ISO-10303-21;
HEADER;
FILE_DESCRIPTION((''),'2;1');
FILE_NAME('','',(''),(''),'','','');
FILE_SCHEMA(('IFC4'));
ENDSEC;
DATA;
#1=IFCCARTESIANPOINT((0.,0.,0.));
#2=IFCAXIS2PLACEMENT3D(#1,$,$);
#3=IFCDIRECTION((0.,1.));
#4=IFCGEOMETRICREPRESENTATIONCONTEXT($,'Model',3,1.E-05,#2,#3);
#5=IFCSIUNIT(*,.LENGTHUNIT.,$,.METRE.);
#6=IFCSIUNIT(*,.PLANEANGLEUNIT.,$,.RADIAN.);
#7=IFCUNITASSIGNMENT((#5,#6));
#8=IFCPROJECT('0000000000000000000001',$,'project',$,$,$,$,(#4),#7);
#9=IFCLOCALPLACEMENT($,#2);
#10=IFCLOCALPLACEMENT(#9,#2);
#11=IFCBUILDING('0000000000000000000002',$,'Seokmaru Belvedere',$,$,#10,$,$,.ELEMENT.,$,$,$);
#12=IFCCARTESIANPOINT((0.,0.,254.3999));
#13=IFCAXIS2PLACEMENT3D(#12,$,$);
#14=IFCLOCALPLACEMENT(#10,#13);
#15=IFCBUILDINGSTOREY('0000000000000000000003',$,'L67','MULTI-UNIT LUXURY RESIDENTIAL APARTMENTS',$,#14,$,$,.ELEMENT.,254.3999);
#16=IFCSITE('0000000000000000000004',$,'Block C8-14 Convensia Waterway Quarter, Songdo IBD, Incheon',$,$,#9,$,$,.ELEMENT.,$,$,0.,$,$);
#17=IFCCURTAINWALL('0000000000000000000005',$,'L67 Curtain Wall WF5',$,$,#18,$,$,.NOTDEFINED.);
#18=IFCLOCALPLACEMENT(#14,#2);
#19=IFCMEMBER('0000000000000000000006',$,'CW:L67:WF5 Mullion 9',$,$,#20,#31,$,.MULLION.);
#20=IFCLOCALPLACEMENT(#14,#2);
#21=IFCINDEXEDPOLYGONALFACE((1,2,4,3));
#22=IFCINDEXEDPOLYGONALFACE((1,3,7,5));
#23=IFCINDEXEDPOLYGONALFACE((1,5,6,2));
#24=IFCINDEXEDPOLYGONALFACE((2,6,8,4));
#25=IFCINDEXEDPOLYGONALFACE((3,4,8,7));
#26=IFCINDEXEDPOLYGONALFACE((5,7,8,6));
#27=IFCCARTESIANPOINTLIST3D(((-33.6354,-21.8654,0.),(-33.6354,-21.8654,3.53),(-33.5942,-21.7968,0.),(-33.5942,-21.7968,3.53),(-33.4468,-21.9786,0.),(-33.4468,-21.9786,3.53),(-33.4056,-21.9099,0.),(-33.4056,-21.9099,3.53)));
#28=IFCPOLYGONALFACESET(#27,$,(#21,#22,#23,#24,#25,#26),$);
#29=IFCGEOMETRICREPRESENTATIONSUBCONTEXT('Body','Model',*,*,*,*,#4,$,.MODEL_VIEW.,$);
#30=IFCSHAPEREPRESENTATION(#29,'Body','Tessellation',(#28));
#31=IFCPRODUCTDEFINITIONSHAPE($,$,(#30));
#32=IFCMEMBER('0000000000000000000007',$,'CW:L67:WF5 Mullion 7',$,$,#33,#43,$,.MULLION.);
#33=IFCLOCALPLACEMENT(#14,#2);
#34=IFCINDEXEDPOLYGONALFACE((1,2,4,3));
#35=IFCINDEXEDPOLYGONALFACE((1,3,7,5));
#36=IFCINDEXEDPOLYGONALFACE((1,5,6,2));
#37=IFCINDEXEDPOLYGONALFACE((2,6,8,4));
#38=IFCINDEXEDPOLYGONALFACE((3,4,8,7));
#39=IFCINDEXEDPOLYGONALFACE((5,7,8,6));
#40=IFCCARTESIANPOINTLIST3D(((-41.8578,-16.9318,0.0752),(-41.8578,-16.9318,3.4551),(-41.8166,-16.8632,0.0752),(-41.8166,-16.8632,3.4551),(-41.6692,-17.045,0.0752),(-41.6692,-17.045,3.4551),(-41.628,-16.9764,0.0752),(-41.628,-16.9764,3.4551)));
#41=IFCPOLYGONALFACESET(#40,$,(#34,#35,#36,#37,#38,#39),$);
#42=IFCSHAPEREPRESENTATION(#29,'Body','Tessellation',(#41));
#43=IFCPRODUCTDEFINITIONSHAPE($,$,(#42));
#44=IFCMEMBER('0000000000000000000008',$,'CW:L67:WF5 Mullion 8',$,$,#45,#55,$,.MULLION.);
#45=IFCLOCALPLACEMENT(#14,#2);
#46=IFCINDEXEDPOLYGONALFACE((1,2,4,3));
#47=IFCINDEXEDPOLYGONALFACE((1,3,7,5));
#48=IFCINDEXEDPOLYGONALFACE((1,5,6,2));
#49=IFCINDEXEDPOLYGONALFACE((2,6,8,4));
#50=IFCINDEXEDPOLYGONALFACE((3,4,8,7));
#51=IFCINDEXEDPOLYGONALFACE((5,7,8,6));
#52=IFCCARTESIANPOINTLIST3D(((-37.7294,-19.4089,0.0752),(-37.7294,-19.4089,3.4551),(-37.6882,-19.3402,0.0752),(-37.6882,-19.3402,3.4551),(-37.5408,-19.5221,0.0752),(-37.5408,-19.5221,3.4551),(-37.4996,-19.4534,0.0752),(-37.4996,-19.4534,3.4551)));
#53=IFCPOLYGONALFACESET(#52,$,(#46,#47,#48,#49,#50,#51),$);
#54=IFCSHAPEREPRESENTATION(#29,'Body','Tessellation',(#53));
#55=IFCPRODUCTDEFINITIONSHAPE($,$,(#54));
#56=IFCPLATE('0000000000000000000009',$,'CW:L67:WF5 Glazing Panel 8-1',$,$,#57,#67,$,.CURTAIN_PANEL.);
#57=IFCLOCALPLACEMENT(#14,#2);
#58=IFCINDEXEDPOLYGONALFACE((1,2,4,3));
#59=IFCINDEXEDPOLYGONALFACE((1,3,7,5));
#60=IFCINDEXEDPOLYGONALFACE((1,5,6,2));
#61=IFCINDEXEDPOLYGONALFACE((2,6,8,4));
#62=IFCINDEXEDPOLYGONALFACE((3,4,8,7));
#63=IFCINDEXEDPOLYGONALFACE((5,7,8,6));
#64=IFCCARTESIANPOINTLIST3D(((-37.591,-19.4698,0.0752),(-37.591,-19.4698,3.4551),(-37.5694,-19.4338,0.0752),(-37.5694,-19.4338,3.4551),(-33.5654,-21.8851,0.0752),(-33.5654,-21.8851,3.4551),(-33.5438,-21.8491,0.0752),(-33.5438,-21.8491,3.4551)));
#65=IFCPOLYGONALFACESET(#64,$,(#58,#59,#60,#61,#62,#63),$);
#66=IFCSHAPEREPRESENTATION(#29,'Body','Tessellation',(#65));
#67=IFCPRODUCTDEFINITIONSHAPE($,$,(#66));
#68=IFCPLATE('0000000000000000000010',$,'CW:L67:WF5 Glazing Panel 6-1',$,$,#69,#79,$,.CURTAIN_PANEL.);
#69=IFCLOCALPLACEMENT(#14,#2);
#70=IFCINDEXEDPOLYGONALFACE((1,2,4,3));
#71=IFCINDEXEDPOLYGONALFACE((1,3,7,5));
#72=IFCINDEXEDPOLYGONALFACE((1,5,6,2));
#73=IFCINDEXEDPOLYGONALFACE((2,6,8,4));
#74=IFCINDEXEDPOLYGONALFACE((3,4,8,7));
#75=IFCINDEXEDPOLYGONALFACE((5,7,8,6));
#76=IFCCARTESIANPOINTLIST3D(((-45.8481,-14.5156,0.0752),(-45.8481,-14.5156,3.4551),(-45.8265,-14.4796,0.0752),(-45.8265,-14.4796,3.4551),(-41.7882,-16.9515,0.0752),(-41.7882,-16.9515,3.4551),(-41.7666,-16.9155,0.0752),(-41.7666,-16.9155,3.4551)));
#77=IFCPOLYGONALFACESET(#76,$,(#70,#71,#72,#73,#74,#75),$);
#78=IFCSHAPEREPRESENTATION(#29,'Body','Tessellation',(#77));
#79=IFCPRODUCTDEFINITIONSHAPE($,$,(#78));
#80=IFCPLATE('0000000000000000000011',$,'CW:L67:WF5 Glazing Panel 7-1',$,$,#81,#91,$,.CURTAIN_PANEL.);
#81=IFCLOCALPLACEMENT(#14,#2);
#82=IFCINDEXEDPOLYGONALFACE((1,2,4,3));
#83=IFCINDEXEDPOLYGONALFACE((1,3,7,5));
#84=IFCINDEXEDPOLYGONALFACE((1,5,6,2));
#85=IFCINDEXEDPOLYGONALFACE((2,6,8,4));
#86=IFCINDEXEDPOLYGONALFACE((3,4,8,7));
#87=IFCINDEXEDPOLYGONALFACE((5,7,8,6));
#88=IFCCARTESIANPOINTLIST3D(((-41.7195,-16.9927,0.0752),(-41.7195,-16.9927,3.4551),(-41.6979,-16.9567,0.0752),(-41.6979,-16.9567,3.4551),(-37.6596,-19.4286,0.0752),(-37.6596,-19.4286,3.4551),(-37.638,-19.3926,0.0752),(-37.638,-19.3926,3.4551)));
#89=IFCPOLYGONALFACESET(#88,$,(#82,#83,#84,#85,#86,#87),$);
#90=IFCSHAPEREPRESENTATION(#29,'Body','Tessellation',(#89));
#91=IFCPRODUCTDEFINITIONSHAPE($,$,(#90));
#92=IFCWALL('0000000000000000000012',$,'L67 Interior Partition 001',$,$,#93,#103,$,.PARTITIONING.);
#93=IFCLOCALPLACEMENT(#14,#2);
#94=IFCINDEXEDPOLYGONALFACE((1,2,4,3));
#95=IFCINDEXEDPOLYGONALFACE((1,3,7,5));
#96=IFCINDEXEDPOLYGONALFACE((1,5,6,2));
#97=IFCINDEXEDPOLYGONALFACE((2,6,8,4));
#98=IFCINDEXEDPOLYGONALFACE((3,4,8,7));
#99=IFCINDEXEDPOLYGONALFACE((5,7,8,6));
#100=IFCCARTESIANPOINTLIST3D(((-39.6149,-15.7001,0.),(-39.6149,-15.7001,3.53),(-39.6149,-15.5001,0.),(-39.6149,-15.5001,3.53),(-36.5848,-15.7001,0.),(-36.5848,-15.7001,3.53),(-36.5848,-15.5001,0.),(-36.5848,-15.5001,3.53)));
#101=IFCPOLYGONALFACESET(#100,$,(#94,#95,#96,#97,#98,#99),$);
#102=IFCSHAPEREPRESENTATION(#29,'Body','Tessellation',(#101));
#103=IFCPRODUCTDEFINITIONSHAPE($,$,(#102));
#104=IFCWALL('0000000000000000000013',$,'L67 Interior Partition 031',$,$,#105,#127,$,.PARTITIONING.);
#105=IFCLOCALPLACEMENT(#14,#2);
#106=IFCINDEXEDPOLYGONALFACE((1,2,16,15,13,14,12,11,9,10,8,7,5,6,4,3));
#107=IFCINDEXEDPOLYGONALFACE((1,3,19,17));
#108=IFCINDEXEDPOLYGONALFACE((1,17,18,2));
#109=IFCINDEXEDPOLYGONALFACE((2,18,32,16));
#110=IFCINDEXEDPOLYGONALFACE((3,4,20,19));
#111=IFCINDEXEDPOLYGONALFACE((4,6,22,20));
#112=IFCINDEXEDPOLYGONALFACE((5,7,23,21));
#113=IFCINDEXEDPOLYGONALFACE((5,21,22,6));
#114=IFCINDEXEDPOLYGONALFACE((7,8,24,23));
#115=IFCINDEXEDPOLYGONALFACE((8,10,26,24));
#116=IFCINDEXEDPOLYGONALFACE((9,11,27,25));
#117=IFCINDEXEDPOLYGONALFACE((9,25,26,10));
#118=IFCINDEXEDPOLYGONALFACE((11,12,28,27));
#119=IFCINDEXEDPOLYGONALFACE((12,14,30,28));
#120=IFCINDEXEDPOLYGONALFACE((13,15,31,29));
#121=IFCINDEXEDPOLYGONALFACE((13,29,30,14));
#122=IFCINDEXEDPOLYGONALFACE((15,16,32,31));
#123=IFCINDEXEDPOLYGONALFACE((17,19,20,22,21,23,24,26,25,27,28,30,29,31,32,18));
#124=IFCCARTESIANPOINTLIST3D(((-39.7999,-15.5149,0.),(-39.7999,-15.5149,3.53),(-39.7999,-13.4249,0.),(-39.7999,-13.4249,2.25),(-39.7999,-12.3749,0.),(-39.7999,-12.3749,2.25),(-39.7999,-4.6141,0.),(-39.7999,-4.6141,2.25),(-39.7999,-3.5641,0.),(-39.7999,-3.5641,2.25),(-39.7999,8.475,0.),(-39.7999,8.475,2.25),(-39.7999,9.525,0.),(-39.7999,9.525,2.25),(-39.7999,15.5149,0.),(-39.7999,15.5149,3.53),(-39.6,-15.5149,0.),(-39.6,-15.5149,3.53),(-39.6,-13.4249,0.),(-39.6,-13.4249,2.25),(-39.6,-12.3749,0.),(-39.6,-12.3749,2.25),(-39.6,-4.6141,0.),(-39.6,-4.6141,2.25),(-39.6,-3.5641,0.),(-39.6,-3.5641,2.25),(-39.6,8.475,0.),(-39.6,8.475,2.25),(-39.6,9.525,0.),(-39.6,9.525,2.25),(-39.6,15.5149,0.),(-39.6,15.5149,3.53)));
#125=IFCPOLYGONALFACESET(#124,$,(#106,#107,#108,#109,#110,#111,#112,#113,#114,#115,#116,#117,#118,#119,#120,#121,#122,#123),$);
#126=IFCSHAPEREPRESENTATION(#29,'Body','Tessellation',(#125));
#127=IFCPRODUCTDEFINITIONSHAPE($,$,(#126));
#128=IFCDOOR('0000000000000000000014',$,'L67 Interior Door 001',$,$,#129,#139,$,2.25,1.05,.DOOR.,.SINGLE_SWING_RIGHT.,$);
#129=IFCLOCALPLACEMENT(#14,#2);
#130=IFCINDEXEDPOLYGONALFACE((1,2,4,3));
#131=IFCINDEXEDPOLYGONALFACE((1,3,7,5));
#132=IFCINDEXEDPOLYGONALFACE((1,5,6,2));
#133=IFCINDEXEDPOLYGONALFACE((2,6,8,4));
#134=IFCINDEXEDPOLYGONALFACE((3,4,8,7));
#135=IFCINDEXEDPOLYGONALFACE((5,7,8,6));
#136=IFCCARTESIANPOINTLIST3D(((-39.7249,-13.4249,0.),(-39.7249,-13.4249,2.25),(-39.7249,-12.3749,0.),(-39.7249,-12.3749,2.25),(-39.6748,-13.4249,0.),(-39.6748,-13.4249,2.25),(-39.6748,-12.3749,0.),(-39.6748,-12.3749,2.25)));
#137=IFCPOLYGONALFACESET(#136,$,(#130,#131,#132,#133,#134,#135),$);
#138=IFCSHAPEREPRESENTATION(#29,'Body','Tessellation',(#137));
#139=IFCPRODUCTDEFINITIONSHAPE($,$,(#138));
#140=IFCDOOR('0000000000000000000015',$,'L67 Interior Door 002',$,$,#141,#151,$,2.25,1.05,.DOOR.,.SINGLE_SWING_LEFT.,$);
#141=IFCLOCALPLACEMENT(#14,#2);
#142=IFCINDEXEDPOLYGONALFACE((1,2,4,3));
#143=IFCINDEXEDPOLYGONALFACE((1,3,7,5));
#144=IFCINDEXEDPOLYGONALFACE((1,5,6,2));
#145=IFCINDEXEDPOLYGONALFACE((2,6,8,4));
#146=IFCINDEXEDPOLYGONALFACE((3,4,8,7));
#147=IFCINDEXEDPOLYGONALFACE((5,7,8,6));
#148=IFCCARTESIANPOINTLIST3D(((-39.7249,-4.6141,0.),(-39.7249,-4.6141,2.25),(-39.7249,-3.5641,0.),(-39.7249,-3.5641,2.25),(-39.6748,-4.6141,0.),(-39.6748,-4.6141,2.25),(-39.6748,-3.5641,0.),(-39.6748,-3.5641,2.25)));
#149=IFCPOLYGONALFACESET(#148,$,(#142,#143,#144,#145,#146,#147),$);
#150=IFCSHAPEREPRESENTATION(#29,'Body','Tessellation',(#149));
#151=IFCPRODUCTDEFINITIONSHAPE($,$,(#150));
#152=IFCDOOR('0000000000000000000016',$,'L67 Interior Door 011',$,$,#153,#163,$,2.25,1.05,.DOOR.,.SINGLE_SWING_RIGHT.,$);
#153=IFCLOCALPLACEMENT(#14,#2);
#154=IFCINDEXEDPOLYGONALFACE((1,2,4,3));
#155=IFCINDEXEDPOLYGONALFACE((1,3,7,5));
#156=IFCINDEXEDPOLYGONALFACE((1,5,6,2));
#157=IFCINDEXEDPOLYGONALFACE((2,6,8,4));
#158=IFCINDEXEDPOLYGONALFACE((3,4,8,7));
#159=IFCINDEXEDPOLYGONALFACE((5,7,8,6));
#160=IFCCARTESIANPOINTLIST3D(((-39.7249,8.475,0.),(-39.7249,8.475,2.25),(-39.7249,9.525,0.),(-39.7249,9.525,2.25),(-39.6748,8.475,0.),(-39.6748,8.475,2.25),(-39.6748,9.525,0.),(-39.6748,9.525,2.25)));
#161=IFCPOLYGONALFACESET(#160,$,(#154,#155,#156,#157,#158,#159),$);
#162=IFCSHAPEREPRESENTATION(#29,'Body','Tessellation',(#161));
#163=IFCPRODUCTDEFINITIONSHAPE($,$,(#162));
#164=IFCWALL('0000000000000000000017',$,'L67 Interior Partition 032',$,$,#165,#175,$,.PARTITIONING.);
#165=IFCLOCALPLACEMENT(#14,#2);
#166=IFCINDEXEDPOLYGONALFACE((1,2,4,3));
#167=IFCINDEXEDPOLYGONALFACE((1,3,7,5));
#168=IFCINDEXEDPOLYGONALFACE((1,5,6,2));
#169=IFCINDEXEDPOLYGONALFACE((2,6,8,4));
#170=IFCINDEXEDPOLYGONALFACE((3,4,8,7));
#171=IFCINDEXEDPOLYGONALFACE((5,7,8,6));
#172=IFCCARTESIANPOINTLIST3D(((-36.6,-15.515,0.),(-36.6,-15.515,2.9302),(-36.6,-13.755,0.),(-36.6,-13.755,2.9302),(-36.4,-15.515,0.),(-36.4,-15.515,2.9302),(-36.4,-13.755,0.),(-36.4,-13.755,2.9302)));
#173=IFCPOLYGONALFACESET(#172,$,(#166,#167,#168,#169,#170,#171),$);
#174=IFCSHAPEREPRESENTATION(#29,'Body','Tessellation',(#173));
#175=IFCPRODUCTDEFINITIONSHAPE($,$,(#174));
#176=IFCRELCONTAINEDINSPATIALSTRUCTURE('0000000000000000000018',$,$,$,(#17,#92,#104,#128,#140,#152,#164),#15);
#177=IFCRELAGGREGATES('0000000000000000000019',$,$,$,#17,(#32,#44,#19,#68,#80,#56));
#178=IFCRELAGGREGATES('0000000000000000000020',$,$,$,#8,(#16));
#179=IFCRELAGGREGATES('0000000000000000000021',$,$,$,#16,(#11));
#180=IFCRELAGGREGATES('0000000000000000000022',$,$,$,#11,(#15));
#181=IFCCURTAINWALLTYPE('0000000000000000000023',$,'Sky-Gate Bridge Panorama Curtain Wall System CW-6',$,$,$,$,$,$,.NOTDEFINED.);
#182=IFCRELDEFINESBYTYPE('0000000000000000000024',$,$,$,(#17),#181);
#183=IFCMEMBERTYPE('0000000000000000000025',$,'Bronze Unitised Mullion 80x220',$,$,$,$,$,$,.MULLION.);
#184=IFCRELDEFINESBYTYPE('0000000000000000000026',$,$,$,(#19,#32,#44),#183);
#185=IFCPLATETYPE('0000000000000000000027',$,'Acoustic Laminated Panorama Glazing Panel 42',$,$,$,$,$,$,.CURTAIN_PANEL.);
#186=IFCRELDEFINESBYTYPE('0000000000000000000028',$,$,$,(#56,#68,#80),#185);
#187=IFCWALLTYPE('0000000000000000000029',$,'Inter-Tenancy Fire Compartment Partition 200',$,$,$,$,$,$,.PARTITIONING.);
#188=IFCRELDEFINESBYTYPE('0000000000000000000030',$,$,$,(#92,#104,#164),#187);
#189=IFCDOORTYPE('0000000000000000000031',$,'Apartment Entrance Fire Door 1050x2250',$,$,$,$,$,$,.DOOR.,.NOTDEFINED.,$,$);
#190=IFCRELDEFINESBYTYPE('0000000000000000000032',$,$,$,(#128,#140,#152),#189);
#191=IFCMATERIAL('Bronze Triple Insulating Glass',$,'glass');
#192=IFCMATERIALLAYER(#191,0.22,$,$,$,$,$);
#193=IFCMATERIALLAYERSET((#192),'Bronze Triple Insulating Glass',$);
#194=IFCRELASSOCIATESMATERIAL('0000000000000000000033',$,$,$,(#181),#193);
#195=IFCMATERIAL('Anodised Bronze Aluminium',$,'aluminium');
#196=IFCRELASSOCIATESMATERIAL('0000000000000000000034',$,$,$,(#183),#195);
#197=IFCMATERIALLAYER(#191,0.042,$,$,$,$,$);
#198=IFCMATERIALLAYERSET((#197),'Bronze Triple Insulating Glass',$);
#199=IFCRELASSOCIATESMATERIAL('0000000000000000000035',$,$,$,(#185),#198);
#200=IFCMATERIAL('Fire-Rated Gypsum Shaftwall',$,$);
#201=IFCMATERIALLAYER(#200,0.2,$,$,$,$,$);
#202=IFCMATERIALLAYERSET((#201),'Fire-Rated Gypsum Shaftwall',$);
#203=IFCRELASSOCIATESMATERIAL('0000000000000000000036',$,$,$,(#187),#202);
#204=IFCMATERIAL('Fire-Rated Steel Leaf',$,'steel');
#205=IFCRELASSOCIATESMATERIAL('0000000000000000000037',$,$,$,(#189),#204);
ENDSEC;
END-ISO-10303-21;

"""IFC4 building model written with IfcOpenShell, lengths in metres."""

from ifc_helpers import new_model, si_unit, direction, frame, frame_2d, origin, origin_2d, place, context, subcontext, project, spatial, rectangle, extrude, source, transform, mapped, material, layer, layer_set, material_profile, profile_set, type_object, type_shapes, element, fill, aggregate, save


model = new_model("IFC4")

# Units and contexts
model_context = context("Model", 3, precision=1e-05, world=origin(), true_north=direction((0.0, 1.0)))
body_context = subcontext(model_context, "Body", "Model", "MODEL_VIEW")
ifc_project = project(units=[si_unit("LENGTHUNIT", "METRE"), si_unit("PLANEANGLEUNIT", "RADIAN")], contexts=[model_context])

# Site, building, storey
site_placement = place(None, origin())
site = spatial("IfcSite", under=ifc_project, at=site_placement, Name="Block C8-14 Convensia Waterway Quarter, Songdo IBD, Incheon", CompositionType="ELEMENT", RefElevation=0.0)
building_placement = place(site_placement, origin())
building = spatial("IfcBuilding", under=site, at=building_placement, Name="Seokmaru Belvedere", CompositionType="ELEMENT")
storey_placement = place(building_placement, frame((0.0, 0.0, 254.3999)))
storey = spatial("IfcBuildingStorey", under=building, at=storey_placement, Name="L67", Description="MULTI-UNIT LUXURY RESIDENTIAL APARTMENTS", CompositionType="ELEMENT", Elevation=254.3999)

# Curtain wall, members, plates
ifc_material_1 = material(Name="Bronze Triple Insulating Glass", Category="glass")
ifc_layer_1 = layer(ifc_material_1, 0.22)
ifc_layer_set_1 = layer_set([ifc_layer_1], Name="Bronze Triple Insulating Glass")
curtain_wall_type = type_object("IfcCurtainWallType", Name="Sky-Gate Bridge Panorama Curtain Wall System CW-6", PredefinedType="NOTDEFINED", material=ifc_layer_set_1)
curtain_wall_placement = place(storey_placement, origin())
curtain_wall = element("IfcCurtainWall", 1, at=curtain_wall_placement, inside=storey, type_object=curtain_wall_type, Name="L67 Curtain Wall WF5", PredefinedType="NOTDEFINED")
ifc_material_2 = material(Name="Anodised Bronze Aluminium", Category="aluminium")
ifc_material_profile_1 = material_profile(ifc_material_2, rectangle(XDim=0.0801, YDim=0.22, at=origin_2d()), Name="CW-M-80x220")
ifc_profile_set_1 = profile_set([ifc_material_profile_1], Name="Anodised Bronze Aluminium")
member_type = type_object("IfcMemberType", Name="Bronze Unitised Mullion 80x220", PredefinedType="MULLION", material=ifc_profile_set_1)
shared_shape_1 = source(origin(), body_context, "Body", "SweptSolid", [
    extrude(rectangle(XDim=0.0801, YDim=0.22, at=origin_2d()), origin(), (0.0, 0.0, 1.0), 3.53),
])
member_1_placement = place(storey_placement, frame((-33.5205, -21.8877, 0.0), z_axis=(0.0, 0.0, 1.0), x_axis=(0.514495, 0.857493, 0.0)))
member_1 = element("IfcMember", 2, at=member_1_placement, type_object=member_type, Name="CW:L67:WF5 Mullion 9", PredefinedType="MULLION", context=body_context, shape_type="MappedRepresentation", body=[
    mapped(shared_shape_1, transform((0.0, 0.0, 0.0), scale=1.0)),
])
shared_shape_2 = source(origin(), body_context, "Body", "SweptSolid", [
    extrude(rectangle(XDim=0.0801, YDim=0.22, at=origin_2d()), origin(), (0.0, 0.0, 1.0), 3.3799),
])
type_shapes(member_type, [shared_shape_1, shared_shape_2])
member_2_placement = place(storey_placement, frame((-41.7429, -16.9541, 0.0752), z_axis=(0.0, 0.0, 1.0), x_axis=(0.514495, 0.857493, 0.0)))
member_2 = element("IfcMember", 3, at=member_2_placement, type_object=member_type, Name="CW:L67:WF5 Mullion 7", PredefinedType="MULLION", context=body_context, shape_type="MappedRepresentation", body=[
    mapped(shared_shape_2, transform((0.0, 0.0, 0.0), scale=1.0)),
])
member_3_placement = place(storey_placement, frame((-37.6145, -19.4312, 0.0752), z_axis=(0.0, 0.0, 1.0), x_axis=(0.514495, 0.857493, 0.0)))
member_3 = element("IfcMember", 4, at=member_3_placement, type_object=member_type, Name="CW:L67:WF5 Mullion 8", PredefinedType="MULLION", context=body_context, shape_type="MappedRepresentation", body=[
    mapped(shared_shape_2, transform((0.0, 0.0, 0.0), scale=1.0)),
])
ifc_layer_2 = layer(ifc_material_1, 0.042)
ifc_layer_set_2 = layer_set([ifc_layer_2], Name="Bronze Triple Insulating Glass")
plate_type = type_object("IfcPlateType", Name="Acoustic Laminated Panorama Glazing Panel 42", PredefinedType="CURTAIN_PANEL", material=ifc_layer_set_2)
shared_shape_3 = source(origin(), body_context, "Body", "SweptSolid", [
    extrude(rectangle(XDim=4.6946, YDim=0.042, at=origin_2d()), origin(), (0.0, 0.0, 1.0), 3.3799),
])
plate_1_placement = place(storey_placement, frame((-35.5674, -20.6594, 0.0752), z_axis=(0.0, 0.0, 1.0), x_axis=(0.857493, -0.514495, 0.0)))
plate_1 = element("IfcPlate", 5, at=plate_1_placement, type_object=plate_type, Name="CW:L67:WF5 Glazing Panel 8-1", PredefinedType="CURTAIN_PANEL", context=body_context, shape_type="MappedRepresentation", body=[
    mapped(shared_shape_3, transform((0.0, 0.0, 0.0), scale=1.0)),
])
shared_shape_4 = source(origin(), body_context, "Body", "SweptSolid", [
    extrude(rectangle(XDim=4.7346, YDim=0.042, at=origin_2d()), origin(), (0.0, 0.0, 1.0), 3.3799),
])
type_shapes(plate_type, [shared_shape_3, shared_shape_4])
plate_2_placement = place(storey_placement, frame((-43.8074, -15.7156, 0.0752), z_axis=(0.0, 0.0, 1.0), x_axis=(0.857493, -0.514495, 0.0)))
plate_2 = element("IfcPlate", 6, at=plate_2_placement, type_object=plate_type, Name="CW:L67:WF5 Glazing Panel 6-1", PredefinedType="CURTAIN_PANEL", context=body_context, shape_type="MappedRepresentation", body=[
    mapped(shared_shape_4, transform((0.0, 0.0, 0.0), scale=1.0)),
])
plate_3_placement = place(storey_placement, frame((-39.6787, -18.1926, 0.0752), z_axis=(0.0, 0.0, 1.0), x_axis=(0.857493, -0.514495, 0.0)))
plate_3 = element("IfcPlate", 7, at=plate_3_placement, type_object=plate_type, Name="CW:L67:WF5 Glazing Panel 7-1", PredefinedType="CURTAIN_PANEL", context=body_context, shape_type="MappedRepresentation", body=[
    mapped(shared_shape_4, transform((0.0, 0.0, 0.0), scale=1.0)),
])
aggregate(curtain_wall, [member_2, member_3, member_1, plate_2, plate_3, plate_1])

# Wall
ifc_material_3 = material(Name="Fire-Rated Gypsum Shaftwall")
ifc_layer_3 = layer(ifc_material_3, 0.2)
ifc_layer_set_3 = layer_set([ifc_layer_3], Name="Fire-Rated Gypsum Shaftwall")
wall_type_1 = type_object("IfcWallType", Name="Inter-Tenancy Fire Compartment Partition 200", PredefinedType="PARTITIONING", material=ifc_layer_set_3)
wall_1_placement = place(storey_placement, frame((-39.615, -15.6001, 0.0), z_axis=(0.0, 0.0, 1.0), x_axis=(1.0, 0.0, 0.0)))
element("IfcWall", 8, at=wall_1_placement, inside=storey, type_object=wall_type_1, Name="L67 Interior Partition 001", PredefinedType="PARTITIONING", context=body_context, shape_type="SweptSolid", body=[
    extrude(rectangle(XDim=3.03, YDim=0.2, at=frame_2d((1.5151, 0.0))), origin(), (0.0, 0.0, 1.0), 3.53),
])

# Wall, openings, doors
wall_2_placement = place(storey_placement, frame((-39.7, -15.5149, 0.0), z_axis=(0.0, 0.0, 1.0), x_axis=(0.0, 1.0, 0.0)))
wall_2 = element("IfcWall", 9, at=wall_2_placement, inside=storey, type_object=wall_type_1, Name="L67 Interior Partition 031", PredefinedType="PARTITIONING", context=body_context, shape_type="SweptSolid", body=[
    extrude(rectangle(XDim=31.0298, YDim=0.2, at=frame_2d((15.5149, 0.0))), origin(), (0.0, 0.0, 1.0), 3.53),
])
opening_1_placement = place(wall_2_placement, frame((2.0901, 0.0, 0.0)))
opening_1 = element("IfcOpeningElement", 10, at=opening_1_placement, cuts=wall_2, PredefinedType="OPENING", context=body_context, shape_type="SweptSolid", body=[
    extrude(rectangle(XDim=1.05, YDim=2.25, at=frame_2d((0.5249, 1.125))), frame((0.0, 0.1099, 0.0), z_axis=(0.0, -1.0, 0.0), x_axis=(1.0, 0.0, 0.0)), (0.0, 0.0, 1.0), 0.22),
])
opening_2_placement = place(wall_2_placement, frame((10.9009, 0.0, 0.0)))
opening_2 = element("IfcOpeningElement", 11, at=opening_2_placement, cuts=wall_2, PredefinedType="OPENING", context=body_context, shape_type="SweptSolid", body=[
    extrude(rectangle(XDim=1.05, YDim=2.25, at=frame_2d((0.5249, 1.125))), frame((0.0, 0.1099, 0.0), z_axis=(0.0, -1.0, 0.0), x_axis=(1.0, 0.0, 0.0)), (0.0, 0.0, 1.0), 0.22),
])
opening_3_placement = place(wall_2_placement, frame((23.99, 0.0, 0.0)))
opening_3 = element("IfcOpeningElement", 12, at=opening_3_placement, cuts=wall_2, PredefinedType="OPENING", context=body_context, shape_type="SweptSolid", body=[
    extrude(rectangle(XDim=1.05, YDim=2.25, at=frame_2d((0.5249, 1.125))), frame((0.0, 0.1099, 0.0), z_axis=(0.0, -1.0, 0.0), x_axis=(1.0, 0.0, 0.0)), (0.0, 0.0, 1.0), 0.22),
])
ifc_material_4 = material(Name="Fire-Rated Steel Leaf", Category="steel")
door_type_1 = type_object("IfcDoorType", Name="Apartment Entrance Fire Door 1050x2250", OperationType="NOTDEFINED", PredefinedType="DOOR", material=ifc_material_4)
shared_shape_5 = source(origin(), body_context, "Body", "SweptSolid", [
    extrude(rectangle(XDim=1.05, YDim=2.25, at=frame_2d((0.5249, 1.125))), frame((0.0, 0.0249, 0.0), z_axis=(0.0, -1.0, 0.0), x_axis=(1.0, 0.0, 0.0)), (0.0, 0.0, 1.0), 0.05),
])
type_shapes(door_type_1, [shared_shape_5])
door_1_placement = place(opening_1_placement, origin())
door_1 = element("IfcDoor", 13, at=door_1_placement, inside=storey, type_object=door_type_1, Name="L67 Interior Door 001", OperationType="SINGLE_SWING_RIGHT", OverallHeight=2.25, OverallWidth=1.05, PredefinedType="DOOR", context=body_context, shape_type="MappedRepresentation", body=[
    mapped(shared_shape_5, transform((0.0, 0.0, 0.0), scale=1.0)),
])
fill(opening_1, door_1)
door_2_placement = place(opening_2_placement, origin())
door_2 = element("IfcDoor", 14, at=door_2_placement, inside=storey, type_object=door_type_1, Name="L67 Interior Door 002", OperationType="SINGLE_SWING_LEFT", OverallHeight=2.25, OverallWidth=1.05, PredefinedType="DOOR", context=body_context, shape_type="MappedRepresentation", body=[
    mapped(shared_shape_5, transform((0.0, 0.0, 0.0), scale=1.0)),
])
fill(opening_2, door_2)
door_3_placement = place(opening_3_placement, origin())
door_3 = element("IfcDoor", 15, at=door_3_placement, inside=storey, type_object=door_type_1, Name="L67 Interior Door 011", OperationType="SINGLE_SWING_RIGHT", OverallHeight=2.25, OverallWidth=1.05, PredefinedType="DOOR", context=body_context, shape_type="MappedRepresentation", body=[
    mapped(shared_shape_5, transform((0.0, 0.0, 0.0), scale=1.0)),
])
fill(opening_3, door_3)

# Wall
wall_3_placement = place(storey_placement, frame((-36.5, -15.5149, 0.0), z_axis=(0.0, 0.0, 1.0), x_axis=(0.0, 1.0, 0.0)))
element("IfcWall", 16, at=wall_3_placement, inside=storey, type_object=wall_type_1, Name="L67 Interior Partition 032", PredefinedType="PARTITIONING", context=body_context, shape_type="SweptSolid", body=[
    extrude(rectangle(XDim=1.76, YDim=0.2, at=frame_2d((0.8799, 0.0))), origin(), (0.0, 0.0, 1.0), 2.9302),
])

save(model, "model.ifc")
